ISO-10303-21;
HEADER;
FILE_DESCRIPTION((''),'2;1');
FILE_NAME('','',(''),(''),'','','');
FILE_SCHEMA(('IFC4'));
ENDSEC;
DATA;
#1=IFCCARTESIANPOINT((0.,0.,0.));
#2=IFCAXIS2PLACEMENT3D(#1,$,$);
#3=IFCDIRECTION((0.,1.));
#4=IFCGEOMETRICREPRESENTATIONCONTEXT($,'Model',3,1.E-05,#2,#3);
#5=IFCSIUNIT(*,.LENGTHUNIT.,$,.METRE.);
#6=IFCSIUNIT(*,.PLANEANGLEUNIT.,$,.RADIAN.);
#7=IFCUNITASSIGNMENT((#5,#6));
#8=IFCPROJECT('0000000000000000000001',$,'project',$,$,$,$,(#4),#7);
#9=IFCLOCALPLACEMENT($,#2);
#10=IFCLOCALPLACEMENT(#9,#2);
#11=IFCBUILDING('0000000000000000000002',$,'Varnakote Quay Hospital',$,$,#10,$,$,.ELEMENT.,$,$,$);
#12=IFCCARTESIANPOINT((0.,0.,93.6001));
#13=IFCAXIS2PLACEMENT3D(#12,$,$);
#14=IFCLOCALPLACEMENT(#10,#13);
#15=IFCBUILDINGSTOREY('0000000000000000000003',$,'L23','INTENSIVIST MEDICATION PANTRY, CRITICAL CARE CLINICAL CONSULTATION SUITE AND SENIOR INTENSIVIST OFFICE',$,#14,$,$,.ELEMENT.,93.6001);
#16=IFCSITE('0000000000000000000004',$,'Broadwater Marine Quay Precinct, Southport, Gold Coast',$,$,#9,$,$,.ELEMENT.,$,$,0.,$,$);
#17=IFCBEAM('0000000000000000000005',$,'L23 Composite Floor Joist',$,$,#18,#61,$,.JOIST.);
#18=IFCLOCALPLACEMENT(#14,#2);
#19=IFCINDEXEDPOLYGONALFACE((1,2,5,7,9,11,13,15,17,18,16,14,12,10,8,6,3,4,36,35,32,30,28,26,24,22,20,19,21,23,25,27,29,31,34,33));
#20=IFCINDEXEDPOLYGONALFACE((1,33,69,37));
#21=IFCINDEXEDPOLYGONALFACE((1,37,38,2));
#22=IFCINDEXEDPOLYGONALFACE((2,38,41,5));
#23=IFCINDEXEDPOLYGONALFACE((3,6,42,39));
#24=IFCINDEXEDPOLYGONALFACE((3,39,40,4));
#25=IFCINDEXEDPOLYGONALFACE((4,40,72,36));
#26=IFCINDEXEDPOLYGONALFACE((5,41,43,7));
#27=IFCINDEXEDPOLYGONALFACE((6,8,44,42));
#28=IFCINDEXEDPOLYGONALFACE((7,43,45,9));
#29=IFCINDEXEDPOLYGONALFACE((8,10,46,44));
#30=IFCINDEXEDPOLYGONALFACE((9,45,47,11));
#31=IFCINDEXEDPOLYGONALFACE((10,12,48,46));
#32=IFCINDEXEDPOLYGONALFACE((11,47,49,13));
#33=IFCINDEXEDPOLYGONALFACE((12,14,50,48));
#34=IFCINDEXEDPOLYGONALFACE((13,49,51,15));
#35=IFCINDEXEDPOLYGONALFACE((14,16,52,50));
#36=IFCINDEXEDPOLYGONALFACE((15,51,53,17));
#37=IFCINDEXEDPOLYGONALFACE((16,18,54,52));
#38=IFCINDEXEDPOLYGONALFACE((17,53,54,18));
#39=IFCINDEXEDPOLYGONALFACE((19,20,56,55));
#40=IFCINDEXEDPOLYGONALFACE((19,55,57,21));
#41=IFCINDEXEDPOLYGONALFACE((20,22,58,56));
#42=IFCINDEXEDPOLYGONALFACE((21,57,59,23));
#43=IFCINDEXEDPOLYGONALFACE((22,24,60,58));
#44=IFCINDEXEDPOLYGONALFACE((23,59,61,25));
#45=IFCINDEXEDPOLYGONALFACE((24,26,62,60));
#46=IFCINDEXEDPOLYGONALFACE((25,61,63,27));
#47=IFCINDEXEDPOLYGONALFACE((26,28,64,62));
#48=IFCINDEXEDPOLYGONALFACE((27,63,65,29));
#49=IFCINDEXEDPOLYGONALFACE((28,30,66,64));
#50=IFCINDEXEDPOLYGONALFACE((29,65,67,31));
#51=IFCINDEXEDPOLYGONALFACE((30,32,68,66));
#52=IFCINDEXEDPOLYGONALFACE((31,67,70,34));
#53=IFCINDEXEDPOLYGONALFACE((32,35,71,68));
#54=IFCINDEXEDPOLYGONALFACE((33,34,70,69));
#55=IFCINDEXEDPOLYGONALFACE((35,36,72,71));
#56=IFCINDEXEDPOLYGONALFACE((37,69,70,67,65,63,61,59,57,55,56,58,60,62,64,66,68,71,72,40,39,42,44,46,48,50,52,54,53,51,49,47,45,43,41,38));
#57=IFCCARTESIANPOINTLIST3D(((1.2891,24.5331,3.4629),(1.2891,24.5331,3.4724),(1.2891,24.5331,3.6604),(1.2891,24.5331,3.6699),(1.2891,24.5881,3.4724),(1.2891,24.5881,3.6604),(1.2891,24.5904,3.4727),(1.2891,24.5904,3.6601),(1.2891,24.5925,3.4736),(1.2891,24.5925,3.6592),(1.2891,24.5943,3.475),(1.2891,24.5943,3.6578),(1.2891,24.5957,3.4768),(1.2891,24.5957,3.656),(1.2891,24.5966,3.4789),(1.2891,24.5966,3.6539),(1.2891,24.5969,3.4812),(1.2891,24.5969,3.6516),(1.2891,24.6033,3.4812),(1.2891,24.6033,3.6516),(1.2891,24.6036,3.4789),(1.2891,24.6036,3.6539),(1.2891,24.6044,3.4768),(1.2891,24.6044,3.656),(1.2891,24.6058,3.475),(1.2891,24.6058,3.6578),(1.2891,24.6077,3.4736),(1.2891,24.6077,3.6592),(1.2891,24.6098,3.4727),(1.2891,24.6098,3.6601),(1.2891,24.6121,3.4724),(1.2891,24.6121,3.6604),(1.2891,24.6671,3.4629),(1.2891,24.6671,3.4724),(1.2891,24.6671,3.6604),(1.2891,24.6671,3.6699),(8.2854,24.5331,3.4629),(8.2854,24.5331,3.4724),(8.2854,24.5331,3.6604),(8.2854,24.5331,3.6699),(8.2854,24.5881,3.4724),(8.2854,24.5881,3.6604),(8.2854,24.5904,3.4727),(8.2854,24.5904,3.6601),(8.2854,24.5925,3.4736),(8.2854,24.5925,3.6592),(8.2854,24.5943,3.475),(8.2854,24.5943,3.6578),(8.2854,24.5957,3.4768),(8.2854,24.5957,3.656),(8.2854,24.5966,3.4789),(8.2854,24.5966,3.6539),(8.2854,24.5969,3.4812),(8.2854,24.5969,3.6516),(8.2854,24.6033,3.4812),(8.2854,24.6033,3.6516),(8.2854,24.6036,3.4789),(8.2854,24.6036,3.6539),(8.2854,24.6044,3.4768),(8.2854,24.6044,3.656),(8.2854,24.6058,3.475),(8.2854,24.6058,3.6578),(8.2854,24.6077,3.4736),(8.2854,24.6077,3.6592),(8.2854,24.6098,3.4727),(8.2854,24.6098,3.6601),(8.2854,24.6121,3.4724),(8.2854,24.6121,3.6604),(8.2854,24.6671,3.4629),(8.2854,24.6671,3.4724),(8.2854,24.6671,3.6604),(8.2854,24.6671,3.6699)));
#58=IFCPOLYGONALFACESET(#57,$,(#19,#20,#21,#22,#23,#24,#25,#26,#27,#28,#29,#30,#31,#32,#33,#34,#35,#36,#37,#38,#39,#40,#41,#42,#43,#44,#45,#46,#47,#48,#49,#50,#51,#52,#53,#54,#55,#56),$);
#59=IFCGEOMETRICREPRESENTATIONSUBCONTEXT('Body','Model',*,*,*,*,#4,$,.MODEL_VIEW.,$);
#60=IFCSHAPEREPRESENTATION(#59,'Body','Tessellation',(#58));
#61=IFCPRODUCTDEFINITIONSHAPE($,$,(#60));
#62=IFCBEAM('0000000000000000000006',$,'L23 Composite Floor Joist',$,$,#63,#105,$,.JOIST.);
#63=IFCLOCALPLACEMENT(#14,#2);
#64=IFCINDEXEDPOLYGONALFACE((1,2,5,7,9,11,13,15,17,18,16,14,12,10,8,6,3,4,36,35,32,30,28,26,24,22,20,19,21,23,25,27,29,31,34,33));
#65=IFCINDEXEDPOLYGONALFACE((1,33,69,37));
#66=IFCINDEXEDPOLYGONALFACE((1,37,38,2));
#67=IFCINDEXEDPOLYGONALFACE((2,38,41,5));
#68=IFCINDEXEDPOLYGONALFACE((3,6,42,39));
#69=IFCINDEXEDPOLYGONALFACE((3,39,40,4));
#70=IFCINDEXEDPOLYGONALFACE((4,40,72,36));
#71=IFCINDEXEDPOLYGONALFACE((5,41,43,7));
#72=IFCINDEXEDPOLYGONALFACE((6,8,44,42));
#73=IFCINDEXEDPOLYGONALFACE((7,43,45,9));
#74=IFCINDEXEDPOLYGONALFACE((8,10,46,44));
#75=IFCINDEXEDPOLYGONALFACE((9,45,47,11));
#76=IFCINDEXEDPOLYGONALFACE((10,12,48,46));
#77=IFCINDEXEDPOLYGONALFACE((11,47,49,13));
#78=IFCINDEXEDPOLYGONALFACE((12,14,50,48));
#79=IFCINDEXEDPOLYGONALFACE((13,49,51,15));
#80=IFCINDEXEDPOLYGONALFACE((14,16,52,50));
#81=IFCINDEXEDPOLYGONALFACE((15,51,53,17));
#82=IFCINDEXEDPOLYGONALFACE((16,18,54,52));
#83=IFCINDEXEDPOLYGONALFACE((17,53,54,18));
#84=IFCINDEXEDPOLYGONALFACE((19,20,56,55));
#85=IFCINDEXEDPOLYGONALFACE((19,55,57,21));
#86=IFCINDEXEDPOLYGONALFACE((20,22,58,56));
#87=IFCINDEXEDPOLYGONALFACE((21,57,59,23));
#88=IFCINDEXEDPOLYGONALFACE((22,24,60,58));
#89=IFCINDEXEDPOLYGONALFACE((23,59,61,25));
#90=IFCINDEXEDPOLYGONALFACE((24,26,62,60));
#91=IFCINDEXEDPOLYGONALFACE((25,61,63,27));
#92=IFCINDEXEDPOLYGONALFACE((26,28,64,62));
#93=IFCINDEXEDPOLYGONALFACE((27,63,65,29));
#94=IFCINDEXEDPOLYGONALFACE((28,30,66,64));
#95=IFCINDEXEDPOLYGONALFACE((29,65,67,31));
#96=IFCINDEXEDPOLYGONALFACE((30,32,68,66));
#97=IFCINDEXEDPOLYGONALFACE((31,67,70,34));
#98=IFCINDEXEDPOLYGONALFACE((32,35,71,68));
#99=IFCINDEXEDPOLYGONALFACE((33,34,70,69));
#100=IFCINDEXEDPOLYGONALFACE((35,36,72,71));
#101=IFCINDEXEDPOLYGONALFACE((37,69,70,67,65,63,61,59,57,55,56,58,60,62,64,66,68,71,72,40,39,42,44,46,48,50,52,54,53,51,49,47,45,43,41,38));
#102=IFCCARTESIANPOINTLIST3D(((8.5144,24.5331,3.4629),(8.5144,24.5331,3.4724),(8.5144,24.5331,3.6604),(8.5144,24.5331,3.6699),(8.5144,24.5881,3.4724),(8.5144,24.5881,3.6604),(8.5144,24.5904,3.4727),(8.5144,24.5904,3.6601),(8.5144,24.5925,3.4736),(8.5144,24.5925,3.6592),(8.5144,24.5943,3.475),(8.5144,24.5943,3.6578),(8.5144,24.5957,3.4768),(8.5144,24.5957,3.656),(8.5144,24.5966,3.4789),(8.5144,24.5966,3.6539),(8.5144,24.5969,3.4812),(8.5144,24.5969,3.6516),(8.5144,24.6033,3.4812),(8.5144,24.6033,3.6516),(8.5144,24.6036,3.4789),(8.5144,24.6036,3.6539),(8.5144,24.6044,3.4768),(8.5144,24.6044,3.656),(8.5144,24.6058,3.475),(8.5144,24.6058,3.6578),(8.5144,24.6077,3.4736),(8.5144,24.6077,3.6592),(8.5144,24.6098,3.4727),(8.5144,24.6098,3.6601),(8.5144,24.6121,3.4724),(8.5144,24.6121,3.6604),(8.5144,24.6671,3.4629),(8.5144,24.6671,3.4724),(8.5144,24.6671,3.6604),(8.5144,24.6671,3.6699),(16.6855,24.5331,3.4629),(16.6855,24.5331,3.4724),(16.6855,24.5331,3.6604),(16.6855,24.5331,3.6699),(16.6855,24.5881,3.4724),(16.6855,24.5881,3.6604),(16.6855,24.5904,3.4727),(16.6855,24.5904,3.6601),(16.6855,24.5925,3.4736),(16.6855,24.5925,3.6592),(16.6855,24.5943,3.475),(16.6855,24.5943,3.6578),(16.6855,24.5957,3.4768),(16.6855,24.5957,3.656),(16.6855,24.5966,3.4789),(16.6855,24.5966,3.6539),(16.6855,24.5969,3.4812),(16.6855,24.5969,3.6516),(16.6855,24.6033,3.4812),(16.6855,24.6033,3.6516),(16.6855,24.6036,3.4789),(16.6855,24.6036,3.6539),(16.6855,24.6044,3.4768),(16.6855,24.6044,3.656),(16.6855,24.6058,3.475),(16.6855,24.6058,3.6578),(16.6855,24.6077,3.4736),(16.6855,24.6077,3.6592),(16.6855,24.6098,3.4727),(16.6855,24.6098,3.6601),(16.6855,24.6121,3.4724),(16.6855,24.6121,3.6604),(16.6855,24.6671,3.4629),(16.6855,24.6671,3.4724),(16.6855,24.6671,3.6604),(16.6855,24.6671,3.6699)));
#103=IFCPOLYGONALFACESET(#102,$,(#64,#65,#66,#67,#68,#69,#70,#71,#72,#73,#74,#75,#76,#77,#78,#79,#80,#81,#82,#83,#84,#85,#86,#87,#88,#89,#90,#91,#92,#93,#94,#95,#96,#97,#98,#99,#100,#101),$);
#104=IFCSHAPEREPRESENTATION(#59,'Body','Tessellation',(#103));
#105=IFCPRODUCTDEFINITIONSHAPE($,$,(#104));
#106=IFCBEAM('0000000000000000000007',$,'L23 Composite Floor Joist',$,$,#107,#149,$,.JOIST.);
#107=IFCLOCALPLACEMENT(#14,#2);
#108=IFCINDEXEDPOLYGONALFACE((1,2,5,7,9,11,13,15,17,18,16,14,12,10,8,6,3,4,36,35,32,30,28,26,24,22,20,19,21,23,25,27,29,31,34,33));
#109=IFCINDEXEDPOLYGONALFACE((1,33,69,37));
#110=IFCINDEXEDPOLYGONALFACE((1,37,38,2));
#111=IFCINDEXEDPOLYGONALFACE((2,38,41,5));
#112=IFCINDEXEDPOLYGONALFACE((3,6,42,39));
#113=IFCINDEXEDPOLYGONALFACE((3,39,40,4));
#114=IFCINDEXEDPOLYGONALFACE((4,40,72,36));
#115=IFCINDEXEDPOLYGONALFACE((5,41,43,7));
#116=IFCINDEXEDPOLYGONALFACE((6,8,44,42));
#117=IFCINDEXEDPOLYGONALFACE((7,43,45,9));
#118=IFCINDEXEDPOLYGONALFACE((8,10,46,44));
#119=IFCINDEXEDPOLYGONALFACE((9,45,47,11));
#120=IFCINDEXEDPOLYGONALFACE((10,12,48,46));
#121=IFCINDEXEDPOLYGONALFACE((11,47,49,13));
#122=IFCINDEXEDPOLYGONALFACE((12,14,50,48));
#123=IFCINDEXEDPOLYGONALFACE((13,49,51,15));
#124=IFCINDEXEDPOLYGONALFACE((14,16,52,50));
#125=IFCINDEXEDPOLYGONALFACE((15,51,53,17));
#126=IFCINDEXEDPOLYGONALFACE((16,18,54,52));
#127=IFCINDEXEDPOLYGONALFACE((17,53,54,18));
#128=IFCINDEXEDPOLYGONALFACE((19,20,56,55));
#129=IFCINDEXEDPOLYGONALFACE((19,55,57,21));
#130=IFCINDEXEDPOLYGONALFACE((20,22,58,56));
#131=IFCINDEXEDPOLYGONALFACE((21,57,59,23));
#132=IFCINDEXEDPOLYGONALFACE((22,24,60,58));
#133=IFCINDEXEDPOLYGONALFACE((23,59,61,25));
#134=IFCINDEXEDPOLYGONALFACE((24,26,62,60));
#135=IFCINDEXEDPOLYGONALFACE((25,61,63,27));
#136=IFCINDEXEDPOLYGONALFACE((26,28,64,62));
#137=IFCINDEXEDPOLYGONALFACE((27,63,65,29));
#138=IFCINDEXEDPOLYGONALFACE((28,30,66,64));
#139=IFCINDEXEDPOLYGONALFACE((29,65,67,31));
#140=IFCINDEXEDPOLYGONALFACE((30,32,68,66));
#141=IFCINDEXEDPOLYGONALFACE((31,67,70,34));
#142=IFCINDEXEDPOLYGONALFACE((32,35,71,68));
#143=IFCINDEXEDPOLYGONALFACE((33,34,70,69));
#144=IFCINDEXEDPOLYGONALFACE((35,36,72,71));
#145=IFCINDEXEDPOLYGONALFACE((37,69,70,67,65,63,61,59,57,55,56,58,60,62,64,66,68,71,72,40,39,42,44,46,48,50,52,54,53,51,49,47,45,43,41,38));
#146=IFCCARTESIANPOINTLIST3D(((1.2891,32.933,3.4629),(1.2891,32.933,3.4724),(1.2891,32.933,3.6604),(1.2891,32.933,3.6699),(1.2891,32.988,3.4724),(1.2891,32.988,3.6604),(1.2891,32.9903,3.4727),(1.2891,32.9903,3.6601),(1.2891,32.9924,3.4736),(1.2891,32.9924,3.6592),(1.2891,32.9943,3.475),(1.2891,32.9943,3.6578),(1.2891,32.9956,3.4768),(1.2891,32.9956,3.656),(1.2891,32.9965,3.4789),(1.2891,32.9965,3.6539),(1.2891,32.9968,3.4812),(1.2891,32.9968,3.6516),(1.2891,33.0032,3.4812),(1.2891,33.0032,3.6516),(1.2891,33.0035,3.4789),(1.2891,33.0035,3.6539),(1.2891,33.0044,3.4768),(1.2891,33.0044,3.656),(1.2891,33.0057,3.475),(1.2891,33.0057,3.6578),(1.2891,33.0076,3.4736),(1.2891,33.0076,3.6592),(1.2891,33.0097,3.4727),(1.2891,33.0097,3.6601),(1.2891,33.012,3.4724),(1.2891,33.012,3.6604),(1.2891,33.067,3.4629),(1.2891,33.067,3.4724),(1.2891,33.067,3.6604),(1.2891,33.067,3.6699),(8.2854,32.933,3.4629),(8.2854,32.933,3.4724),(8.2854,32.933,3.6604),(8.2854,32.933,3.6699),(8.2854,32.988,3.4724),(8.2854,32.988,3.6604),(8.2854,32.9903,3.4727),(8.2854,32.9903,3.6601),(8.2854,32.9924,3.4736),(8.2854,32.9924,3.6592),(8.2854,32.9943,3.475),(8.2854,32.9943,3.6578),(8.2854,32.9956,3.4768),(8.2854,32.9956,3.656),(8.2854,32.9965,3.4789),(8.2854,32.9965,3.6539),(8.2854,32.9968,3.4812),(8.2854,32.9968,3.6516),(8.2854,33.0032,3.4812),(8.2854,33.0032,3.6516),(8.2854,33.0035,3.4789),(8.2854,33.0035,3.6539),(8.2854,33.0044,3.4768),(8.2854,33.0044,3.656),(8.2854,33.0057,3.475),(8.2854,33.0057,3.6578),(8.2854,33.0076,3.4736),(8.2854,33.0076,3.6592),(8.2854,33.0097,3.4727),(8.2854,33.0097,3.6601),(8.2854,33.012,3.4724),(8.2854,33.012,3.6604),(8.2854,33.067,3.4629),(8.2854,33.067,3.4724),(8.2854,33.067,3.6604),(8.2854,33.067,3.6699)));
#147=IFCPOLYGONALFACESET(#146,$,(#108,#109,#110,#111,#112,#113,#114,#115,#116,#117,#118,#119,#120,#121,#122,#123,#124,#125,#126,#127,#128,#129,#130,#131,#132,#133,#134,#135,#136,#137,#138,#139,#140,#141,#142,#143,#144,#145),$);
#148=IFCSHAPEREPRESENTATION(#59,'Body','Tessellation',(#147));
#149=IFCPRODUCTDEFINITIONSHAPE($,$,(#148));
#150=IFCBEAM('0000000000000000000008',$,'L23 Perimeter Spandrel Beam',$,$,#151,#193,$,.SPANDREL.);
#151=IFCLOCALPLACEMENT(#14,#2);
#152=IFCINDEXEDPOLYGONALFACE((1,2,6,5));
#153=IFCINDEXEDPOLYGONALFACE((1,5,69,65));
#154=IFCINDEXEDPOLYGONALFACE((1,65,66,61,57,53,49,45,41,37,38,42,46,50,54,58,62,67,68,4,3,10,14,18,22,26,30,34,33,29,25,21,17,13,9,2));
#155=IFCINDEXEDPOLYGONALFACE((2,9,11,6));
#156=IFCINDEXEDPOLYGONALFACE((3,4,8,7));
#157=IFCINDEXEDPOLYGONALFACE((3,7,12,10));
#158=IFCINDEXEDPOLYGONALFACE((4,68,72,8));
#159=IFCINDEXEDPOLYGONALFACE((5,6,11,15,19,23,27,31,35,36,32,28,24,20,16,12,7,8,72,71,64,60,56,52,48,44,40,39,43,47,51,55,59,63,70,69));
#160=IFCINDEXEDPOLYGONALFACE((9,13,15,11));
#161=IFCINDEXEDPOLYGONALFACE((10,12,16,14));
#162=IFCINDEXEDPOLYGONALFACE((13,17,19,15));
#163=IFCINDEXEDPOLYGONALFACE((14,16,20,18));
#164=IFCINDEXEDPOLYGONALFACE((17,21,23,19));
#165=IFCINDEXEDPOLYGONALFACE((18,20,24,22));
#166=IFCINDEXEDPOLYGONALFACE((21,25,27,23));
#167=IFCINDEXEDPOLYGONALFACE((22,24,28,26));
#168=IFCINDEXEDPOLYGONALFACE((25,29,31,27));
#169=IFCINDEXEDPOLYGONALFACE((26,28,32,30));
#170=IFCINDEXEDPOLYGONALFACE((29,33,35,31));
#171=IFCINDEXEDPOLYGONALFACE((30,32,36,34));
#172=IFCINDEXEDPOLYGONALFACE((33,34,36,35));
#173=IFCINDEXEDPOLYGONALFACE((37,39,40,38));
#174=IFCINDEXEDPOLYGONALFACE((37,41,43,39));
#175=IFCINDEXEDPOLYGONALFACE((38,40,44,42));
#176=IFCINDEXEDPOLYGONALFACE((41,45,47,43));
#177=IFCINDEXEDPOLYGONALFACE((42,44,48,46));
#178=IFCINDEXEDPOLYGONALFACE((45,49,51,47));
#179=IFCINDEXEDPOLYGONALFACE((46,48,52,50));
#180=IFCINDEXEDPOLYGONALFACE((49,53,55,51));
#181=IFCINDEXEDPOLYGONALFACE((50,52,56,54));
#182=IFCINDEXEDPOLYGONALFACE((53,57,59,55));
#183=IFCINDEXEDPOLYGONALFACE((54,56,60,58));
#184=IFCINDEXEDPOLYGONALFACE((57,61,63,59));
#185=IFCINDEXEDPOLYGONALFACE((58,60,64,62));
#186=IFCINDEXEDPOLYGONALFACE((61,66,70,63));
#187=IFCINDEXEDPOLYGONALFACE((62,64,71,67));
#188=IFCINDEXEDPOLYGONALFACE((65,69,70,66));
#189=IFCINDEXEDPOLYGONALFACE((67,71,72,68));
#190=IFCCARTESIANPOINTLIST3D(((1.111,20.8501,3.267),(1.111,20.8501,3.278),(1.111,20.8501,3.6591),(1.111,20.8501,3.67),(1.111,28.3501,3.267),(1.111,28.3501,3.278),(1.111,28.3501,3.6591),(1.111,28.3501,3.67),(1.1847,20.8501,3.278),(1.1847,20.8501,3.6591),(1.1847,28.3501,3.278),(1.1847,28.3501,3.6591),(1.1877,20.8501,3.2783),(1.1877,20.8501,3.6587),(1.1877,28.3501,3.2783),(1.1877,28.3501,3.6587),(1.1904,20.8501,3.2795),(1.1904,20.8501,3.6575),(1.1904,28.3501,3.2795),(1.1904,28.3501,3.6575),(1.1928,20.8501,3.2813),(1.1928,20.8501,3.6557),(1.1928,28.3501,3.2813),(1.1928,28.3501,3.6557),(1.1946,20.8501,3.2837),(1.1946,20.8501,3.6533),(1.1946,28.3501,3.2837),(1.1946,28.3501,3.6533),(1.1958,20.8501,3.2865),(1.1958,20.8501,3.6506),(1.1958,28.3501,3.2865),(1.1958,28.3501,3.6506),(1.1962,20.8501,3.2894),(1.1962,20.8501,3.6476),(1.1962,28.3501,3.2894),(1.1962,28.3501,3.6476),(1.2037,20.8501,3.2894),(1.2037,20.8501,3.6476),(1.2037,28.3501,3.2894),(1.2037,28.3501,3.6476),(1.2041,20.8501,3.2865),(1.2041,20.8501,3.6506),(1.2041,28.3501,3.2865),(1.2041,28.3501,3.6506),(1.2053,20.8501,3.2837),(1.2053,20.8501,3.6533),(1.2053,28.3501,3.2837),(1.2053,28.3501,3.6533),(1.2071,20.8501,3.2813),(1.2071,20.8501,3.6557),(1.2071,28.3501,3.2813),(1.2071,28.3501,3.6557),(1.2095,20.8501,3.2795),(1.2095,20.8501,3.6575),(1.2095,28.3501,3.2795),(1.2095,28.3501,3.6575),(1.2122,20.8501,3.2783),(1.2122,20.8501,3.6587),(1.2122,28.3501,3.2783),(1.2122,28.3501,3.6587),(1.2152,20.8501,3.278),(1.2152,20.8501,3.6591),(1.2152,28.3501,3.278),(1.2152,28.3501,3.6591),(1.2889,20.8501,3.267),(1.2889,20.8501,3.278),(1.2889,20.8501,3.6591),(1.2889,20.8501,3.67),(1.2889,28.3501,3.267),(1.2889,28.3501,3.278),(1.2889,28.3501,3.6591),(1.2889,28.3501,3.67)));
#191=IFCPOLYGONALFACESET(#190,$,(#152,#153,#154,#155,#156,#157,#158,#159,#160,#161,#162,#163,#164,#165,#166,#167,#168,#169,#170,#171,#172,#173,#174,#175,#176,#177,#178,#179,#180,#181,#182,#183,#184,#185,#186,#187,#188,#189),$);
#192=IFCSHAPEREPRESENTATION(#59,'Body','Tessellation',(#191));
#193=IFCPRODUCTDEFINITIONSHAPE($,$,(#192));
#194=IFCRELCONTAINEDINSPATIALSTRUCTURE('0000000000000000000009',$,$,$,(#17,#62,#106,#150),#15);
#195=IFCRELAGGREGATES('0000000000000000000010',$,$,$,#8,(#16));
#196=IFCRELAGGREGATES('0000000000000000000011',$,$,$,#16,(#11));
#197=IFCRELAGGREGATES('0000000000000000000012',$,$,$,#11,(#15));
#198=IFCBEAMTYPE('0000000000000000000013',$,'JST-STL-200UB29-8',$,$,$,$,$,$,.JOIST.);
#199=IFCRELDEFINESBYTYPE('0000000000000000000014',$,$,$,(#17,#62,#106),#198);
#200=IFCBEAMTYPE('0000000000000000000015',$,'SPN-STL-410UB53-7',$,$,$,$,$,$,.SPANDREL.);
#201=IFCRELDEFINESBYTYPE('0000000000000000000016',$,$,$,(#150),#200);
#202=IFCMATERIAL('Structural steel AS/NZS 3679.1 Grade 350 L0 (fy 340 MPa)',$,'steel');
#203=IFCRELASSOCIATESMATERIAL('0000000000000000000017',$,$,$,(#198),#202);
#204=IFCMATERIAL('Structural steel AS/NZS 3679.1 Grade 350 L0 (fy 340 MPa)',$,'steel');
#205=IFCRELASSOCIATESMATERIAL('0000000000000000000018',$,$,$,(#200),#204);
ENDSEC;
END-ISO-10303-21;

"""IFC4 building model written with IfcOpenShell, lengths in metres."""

from ifc_helpers import new_model, si_unit, direction, frame, origin, origin_2d, place, context, subcontext, project, spatial, i_section, extrude, material, material_profile, profile_set, type_object, element, save


model = new_model("IFC4")

# Units and contexts
model_context = context("Model", 3, precision=1e-05, world=origin(), true_north=direction((0.0, 1.0)))
body_context = subcontext(model_context, "Body", "Model", "MODEL_VIEW")
ifc_project = project(units=[si_unit("LENGTHUNIT", "METRE"), si_unit("PLANEANGLEUNIT", "RADIAN")], contexts=[model_context])

# Site, building, storey
site_placement = place(None, origin())
site = spatial("IfcSite", under=ifc_project, at=site_placement, Name="Broadwater Marine Quay Precinct, Southport, Gold Coast", CompositionType="ELEMENT", RefElevation=0.0)
building_placement = place(site_placement, origin())
building = spatial("IfcBuilding", under=site, at=building_placement, Name="Varnakote Quay Hospital", CompositionType="ELEMENT")
storey_placement = place(building_placement, frame((0.0, 0.0, 93.6001)))
storey = spatial("IfcBuildingStorey", under=building, at=storey_placement, Name="L23", Description="INTENSIVIST MEDICATION PANTRY, CRITICAL CARE CLINICAL CONSULTATION SUITE AND SENIOR INTENSIVIST OFFICE", CompositionType="ELEMENT", Elevation=93.6001)

# Beams
ifc_material_1 = material(Name="Structural steel AS/NZS 3679.1 Grade 350 L0 (fy 340 MPa)", Category="steel")
ifc_material_profile_1 = material_profile(ifc_material_1, i_section(OverallWidth=0.134, OverallDepth=0.207, WebThickness=0.0063, FlangeThickness=0.0095, FilletRadius=0.0088, at=origin_2d()), Name="200UB29.8")
ifc_profile_set_1 = profile_set([ifc_material_profile_1], Name="Structural steel AS/NZS 3679.1 Grade 350 L0 (fy 340 MPa)")
beam_type_1 = type_object("IfcBeamType", Name="JST-STL-200UB29-8", PredefinedType="JOIST", material=ifc_profile_set_1)
beam_1_placement = place(storey_placement, frame((1.2891, 24.6001, 3.5664), z_axis=(1.0, 0.0, 0.0), x_axis=(0.0, 1.0, 0.0)))
element("IfcBeam", 1, at=beam_1_placement, inside=storey, type_object=beam_type_1, Name="L23 Composite Floor Joist", PredefinedType="JOIST", context=body_context, shape_type="SweptSolid", body=[
    extrude(i_section(OverallWidth=0.134, OverallDepth=0.207, WebThickness=0.0063, FlangeThickness=0.0095, FilletRadius=0.0088, at=origin_2d()), origin(), (0.0, 0.0, 1.0), 6.9963),
])
beam_2_placement = place(storey_placement, frame((8.5144, 24.6001, 3.5664), z_axis=(1.0, 0.0, 0.0), x_axis=(0.0, 1.0, 0.0)))
element("IfcBeam", 2, at=beam_2_placement, inside=storey, type_object=beam_type_1, Name="L23 Composite Floor Joist", PredefinedType="JOIST", context=body_context, shape_type="SweptSolid", body=[
    extrude(i_section(OverallWidth=0.134, OverallDepth=0.207, WebThickness=0.0063, FlangeThickness=0.0095, FilletRadius=0.0088, at=origin_2d()), origin(), (0.0, 0.0, 1.0), 8.1711),
])
beam_3_placement = place(storey_placement, frame((1.2891, 33.0, 3.5664), z_axis=(1.0, 0.0, 0.0), x_axis=(0.0, 1.0, 0.0)))
element("IfcBeam", 3, at=beam_3_placement, inside=storey, type_object=beam_type_1, Name="L23 Composite Floor Joist", PredefinedType="JOIST", context=body_context, shape_type="SweptSolid", body=[
    extrude(i_section(OverallWidth=0.134, OverallDepth=0.207, WebThickness=0.0063, FlangeThickness=0.0095, FilletRadius=0.0088, at=origin_2d()), origin(), (0.0, 0.0, 1.0), 6.9963),
])
ifc_material_2 = material(Name="Structural steel AS/NZS 3679.1 Grade 350 L0 (fy 340 MPa)", Category="steel")
ifc_material_profile_2 = material_profile(ifc_material_2, i_section(OverallWidth=0.178, OverallDepth=0.4031, WebThickness=0.0076, FlangeThickness=0.011, FilletRadius=0.0115, at=origin_2d()), Name="410UB53.7")
ifc_profile_set_2 = profile_set([ifc_material_profile_2], Name="Structural steel AS/NZS 3679.1 Grade 350 L0 (fy 340 MPa)")
beam_type_2 = type_object("IfcBeamType", Name="SPN-STL-410UB53-7", PredefinedType="SPANDREL", material=ifc_profile_set_2)
beam_4_placement = place(storey_placement, frame((1.2, 20.8501, 3.4685), z_axis=(0.0, 1.0, 0.0), x_axis=(-1.0, 0.0, 0.0)))
element("IfcBeam", 4, at=beam_4_placement, inside=storey, type_object=beam_type_2, Name="L23 Perimeter Spandrel Beam", PredefinedType="SPANDREL", context=body_context, shape_type="SweptSolid", body=[
    extrude(i_section(OverallWidth=0.178, OverallDepth=0.4031, WebThickness=0.0076, FlangeThickness=0.011, FilletRadius=0.0115, at=origin_2d()), origin(), (0.0, 0.0, 1.0), 7.5),
])

save(model, "model.ifc")
